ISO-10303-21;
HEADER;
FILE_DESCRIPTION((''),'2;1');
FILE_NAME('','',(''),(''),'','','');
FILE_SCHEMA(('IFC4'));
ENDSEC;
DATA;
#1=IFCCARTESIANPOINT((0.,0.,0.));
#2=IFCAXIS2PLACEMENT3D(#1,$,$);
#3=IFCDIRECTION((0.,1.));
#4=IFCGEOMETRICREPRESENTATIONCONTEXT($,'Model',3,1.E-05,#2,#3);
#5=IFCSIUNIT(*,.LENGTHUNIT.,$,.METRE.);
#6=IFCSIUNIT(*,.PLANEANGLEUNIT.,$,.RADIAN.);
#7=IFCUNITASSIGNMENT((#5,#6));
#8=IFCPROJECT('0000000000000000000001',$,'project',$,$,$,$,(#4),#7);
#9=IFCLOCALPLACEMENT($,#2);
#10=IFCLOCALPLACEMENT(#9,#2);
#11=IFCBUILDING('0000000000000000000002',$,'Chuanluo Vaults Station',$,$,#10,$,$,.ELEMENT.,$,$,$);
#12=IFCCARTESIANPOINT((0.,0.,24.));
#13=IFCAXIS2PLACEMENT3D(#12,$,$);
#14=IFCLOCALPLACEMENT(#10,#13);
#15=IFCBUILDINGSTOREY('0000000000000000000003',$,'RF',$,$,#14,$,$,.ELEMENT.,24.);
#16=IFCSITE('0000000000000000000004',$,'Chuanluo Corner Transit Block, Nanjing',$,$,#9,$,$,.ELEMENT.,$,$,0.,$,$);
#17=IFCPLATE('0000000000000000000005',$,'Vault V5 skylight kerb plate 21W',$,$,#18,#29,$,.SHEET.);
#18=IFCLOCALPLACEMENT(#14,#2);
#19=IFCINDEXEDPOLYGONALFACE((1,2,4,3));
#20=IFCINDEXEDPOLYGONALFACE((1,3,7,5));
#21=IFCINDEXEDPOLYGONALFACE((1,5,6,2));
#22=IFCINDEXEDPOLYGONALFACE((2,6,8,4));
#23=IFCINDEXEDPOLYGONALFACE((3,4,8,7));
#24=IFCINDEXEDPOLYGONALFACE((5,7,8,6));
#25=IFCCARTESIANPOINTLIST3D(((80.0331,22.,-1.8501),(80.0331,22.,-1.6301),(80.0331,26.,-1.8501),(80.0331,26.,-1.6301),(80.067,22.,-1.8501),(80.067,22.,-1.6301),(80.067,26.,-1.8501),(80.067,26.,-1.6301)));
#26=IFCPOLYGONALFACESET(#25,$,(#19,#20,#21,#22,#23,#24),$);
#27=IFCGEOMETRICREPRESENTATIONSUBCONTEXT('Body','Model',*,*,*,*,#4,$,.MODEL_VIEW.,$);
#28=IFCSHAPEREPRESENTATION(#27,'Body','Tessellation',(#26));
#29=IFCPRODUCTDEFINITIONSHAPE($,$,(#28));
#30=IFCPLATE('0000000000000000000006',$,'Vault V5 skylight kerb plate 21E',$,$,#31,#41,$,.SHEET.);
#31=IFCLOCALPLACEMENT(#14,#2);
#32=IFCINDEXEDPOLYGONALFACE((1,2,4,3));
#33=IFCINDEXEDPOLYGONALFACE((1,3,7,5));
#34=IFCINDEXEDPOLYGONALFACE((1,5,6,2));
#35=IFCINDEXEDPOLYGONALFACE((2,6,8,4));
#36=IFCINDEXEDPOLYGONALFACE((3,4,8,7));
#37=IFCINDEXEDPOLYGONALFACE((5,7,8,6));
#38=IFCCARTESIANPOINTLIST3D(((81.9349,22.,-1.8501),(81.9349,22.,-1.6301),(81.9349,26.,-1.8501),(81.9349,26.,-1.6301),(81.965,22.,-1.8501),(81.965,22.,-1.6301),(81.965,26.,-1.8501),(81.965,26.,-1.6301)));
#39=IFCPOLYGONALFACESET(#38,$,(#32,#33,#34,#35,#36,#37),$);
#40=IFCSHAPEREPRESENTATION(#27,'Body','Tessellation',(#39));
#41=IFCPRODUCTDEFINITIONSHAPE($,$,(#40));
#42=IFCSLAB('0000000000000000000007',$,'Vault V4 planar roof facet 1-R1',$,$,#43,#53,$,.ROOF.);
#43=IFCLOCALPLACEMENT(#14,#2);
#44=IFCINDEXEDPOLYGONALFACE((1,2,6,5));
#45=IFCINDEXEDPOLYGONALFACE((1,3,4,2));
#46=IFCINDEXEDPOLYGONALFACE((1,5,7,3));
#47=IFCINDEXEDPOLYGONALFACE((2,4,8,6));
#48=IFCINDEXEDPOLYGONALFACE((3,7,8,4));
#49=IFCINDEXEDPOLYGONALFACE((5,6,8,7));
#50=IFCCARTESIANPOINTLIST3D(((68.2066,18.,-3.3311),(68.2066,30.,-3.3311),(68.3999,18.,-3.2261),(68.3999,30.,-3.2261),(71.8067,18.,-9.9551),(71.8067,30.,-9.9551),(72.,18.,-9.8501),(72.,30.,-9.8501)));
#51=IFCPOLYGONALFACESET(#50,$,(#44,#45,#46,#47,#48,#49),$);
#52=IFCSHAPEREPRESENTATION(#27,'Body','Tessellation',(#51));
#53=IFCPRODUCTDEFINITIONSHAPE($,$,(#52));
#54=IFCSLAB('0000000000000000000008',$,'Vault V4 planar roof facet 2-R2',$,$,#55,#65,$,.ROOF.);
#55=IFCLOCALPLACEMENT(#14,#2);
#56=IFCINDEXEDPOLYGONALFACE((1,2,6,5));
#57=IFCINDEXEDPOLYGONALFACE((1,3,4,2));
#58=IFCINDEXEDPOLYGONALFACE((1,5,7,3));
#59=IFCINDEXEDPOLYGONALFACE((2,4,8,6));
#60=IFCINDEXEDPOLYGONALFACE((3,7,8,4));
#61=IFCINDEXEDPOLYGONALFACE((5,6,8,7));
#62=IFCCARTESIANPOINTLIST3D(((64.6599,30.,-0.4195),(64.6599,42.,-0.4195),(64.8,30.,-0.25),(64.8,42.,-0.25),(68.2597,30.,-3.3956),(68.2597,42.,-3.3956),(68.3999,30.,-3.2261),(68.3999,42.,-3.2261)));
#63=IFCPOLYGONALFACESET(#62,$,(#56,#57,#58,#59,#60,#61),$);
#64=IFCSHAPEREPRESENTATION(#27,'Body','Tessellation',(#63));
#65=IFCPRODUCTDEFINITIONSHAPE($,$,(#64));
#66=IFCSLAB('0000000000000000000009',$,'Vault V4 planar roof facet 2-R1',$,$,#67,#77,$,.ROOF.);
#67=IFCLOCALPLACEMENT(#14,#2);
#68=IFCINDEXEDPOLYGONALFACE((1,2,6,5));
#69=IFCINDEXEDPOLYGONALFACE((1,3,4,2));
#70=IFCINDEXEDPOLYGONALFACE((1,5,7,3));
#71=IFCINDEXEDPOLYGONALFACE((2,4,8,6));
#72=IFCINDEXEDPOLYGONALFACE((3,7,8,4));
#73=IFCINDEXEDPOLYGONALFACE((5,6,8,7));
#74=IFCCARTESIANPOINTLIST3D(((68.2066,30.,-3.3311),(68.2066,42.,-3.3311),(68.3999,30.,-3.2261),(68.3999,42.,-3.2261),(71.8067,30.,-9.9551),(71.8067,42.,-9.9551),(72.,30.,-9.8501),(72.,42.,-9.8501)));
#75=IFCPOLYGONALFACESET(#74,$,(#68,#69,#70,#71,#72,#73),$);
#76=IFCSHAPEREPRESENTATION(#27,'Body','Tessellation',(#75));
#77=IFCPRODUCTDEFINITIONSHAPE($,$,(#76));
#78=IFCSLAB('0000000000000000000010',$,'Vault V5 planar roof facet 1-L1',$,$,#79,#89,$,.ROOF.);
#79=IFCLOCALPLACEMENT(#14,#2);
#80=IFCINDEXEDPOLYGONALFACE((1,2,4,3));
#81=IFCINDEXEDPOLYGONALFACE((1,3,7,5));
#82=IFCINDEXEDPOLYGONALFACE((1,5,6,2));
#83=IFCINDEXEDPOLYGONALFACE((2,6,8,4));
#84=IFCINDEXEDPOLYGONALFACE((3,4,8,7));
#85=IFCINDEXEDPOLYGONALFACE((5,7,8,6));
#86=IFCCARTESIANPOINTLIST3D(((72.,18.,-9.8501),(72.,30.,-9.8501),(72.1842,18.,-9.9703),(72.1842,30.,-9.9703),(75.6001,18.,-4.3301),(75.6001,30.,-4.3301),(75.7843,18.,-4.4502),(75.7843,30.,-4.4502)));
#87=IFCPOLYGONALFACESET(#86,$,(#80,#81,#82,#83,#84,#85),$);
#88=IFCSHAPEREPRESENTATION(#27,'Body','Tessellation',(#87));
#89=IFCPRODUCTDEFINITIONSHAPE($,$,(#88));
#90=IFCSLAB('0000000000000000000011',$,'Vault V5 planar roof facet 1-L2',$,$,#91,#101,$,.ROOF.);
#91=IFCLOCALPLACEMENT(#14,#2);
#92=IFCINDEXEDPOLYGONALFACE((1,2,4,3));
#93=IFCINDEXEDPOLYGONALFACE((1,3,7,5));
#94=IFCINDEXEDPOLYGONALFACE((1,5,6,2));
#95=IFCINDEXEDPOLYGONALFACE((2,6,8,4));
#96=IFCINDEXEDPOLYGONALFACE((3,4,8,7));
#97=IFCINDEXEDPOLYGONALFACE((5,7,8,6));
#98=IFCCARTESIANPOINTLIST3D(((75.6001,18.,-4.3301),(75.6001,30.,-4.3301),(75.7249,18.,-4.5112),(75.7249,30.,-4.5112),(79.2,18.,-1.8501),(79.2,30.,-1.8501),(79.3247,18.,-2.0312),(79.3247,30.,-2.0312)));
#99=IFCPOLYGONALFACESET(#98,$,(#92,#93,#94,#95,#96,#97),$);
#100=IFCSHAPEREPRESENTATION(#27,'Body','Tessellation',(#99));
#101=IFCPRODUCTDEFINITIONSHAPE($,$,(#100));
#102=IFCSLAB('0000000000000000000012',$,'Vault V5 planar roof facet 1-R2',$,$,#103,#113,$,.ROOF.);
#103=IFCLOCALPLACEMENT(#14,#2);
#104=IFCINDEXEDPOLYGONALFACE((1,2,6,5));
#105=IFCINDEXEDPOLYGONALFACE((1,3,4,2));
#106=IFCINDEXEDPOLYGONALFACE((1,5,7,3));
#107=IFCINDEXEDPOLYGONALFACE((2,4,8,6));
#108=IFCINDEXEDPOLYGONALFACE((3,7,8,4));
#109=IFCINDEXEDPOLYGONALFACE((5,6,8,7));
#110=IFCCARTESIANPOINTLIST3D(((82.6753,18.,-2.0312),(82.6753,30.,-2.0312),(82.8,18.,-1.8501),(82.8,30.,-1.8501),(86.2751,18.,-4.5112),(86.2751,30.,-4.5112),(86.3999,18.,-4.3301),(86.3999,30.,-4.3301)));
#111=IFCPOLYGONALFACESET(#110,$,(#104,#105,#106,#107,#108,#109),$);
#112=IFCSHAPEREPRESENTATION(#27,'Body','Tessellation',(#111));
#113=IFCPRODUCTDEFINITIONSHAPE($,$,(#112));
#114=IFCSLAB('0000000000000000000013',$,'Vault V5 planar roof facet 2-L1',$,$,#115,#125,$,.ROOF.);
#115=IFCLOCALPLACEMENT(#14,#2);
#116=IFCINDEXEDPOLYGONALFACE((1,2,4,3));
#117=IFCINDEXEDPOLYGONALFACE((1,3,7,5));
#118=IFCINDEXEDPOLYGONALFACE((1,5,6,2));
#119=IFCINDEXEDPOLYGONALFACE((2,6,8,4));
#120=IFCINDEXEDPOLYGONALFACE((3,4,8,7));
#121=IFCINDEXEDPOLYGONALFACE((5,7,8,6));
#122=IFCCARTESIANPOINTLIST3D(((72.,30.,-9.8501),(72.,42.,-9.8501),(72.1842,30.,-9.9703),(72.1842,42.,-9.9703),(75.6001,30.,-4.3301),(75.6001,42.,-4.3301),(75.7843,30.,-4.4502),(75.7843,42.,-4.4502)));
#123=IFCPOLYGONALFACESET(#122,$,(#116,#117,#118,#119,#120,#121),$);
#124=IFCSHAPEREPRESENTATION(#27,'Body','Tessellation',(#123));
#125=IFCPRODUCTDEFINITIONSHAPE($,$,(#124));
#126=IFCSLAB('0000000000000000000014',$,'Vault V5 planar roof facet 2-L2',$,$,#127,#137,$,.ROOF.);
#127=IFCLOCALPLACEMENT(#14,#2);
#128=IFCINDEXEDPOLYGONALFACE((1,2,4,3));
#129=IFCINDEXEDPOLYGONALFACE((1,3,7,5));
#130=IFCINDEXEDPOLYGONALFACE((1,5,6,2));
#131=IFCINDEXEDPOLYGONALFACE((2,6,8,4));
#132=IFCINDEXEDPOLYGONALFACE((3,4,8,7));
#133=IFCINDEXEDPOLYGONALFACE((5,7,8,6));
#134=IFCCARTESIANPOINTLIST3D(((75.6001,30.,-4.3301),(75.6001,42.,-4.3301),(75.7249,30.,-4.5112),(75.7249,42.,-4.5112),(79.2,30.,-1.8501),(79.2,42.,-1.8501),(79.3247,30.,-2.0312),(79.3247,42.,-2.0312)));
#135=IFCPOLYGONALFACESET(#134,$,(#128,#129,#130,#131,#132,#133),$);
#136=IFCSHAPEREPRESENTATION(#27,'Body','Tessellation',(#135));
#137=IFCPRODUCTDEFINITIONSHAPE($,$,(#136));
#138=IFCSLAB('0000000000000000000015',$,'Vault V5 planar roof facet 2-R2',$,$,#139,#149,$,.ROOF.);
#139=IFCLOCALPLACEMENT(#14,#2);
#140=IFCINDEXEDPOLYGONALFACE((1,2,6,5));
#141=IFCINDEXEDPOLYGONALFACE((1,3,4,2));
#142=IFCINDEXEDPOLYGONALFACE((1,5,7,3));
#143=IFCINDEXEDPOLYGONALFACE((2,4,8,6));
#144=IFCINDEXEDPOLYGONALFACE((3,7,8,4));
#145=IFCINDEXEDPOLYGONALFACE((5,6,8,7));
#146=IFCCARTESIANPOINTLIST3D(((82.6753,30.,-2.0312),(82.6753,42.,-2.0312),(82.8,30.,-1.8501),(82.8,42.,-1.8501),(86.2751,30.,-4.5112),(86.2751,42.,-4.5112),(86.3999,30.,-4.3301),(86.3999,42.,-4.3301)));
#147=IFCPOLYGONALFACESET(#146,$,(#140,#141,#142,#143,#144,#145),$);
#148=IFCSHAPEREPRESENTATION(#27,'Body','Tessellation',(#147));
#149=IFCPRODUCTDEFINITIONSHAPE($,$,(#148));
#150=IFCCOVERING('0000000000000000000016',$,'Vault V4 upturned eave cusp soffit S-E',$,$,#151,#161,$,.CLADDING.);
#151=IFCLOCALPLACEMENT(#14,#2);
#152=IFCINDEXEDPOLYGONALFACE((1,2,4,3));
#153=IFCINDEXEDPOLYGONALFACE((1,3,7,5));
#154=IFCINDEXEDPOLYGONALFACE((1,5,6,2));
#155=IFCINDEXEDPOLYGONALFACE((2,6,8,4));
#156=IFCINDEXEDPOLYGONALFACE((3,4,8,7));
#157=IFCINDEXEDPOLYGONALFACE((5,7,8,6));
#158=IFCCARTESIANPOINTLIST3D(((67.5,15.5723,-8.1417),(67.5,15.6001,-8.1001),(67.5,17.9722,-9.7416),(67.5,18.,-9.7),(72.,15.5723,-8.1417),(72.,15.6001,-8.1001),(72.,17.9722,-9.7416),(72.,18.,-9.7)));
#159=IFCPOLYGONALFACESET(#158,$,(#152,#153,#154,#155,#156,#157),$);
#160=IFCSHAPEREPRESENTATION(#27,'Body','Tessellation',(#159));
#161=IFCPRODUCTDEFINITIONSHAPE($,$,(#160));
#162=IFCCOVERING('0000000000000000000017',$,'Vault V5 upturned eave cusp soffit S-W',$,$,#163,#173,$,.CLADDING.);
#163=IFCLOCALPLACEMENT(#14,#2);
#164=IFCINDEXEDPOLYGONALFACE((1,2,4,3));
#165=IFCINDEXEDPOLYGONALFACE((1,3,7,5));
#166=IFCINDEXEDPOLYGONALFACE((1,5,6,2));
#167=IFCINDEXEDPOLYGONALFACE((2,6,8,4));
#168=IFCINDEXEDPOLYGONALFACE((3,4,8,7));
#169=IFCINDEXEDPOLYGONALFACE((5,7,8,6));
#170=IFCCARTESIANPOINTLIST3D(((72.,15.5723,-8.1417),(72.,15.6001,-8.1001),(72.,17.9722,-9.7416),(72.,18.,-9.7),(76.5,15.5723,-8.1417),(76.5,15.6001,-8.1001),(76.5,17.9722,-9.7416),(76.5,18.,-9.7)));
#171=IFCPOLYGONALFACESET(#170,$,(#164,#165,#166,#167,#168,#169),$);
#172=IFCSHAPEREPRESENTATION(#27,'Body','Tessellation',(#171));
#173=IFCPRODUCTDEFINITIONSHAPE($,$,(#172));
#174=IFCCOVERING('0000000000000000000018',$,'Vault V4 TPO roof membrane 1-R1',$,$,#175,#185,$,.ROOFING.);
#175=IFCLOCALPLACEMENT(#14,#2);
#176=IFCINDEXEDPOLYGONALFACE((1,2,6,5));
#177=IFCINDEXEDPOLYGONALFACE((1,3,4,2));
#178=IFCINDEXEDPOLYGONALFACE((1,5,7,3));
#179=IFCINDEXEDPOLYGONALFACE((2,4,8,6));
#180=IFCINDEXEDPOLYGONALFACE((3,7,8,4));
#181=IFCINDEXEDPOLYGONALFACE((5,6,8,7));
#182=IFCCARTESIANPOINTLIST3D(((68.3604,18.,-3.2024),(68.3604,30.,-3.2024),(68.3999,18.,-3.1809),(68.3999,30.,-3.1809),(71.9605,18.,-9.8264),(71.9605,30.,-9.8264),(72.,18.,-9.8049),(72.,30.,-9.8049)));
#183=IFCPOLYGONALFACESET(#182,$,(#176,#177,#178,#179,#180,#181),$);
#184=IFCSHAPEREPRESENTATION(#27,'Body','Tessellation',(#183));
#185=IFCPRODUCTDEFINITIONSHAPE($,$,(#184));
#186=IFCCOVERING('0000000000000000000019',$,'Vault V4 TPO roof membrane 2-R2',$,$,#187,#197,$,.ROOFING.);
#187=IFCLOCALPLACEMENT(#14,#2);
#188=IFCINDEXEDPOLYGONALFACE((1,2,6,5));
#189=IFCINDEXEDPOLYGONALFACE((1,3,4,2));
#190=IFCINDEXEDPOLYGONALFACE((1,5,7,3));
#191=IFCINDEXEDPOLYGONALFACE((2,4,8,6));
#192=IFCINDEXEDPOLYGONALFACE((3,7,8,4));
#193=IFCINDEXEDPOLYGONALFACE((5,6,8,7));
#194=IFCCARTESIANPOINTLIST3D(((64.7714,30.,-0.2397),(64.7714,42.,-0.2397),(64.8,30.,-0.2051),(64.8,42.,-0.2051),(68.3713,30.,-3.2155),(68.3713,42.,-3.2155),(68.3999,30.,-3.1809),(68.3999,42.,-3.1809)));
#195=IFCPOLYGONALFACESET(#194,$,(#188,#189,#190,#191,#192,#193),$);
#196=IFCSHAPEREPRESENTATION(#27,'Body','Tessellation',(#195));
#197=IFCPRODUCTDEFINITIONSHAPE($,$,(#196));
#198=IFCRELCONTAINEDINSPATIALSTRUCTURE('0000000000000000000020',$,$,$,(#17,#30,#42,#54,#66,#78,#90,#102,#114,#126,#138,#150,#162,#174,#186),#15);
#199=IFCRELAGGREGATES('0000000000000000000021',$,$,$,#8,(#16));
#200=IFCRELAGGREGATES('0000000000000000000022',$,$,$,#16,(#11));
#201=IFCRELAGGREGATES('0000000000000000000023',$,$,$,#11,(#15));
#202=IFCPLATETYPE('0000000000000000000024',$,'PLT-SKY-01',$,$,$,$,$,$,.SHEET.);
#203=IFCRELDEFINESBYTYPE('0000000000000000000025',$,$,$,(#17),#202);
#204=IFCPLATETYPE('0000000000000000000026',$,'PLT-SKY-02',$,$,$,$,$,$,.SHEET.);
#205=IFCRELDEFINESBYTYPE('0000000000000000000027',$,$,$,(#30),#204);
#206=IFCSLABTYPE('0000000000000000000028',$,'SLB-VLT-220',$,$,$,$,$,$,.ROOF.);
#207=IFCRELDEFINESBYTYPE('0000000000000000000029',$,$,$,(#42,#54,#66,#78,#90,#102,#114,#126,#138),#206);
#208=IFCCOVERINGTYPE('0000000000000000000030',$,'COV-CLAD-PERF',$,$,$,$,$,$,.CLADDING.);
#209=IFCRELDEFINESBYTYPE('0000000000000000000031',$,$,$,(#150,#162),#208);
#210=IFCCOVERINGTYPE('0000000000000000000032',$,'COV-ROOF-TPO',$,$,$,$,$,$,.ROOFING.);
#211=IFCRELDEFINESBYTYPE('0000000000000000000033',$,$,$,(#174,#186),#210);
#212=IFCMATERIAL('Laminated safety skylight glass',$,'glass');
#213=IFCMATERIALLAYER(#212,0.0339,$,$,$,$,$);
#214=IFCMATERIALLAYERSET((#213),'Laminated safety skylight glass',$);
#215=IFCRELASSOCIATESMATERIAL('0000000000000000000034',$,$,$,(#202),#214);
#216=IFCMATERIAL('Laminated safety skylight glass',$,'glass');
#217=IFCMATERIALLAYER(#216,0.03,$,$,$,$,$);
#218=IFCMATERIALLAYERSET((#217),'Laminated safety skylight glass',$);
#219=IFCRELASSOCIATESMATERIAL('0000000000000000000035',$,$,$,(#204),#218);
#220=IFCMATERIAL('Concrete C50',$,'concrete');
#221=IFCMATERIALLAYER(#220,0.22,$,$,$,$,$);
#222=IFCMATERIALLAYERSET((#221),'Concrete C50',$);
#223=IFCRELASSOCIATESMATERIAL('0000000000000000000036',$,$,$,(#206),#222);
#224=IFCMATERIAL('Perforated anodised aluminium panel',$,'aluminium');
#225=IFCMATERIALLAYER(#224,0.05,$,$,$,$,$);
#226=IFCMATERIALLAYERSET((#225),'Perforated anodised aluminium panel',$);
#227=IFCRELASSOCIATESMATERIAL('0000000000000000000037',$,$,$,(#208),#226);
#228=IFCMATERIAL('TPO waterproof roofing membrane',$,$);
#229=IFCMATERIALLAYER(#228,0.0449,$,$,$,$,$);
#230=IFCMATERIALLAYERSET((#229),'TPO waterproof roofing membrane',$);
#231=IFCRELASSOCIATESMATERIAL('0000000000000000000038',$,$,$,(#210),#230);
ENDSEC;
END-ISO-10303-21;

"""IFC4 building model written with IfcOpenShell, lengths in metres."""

from ifc_helpers import new_model, si_unit, direction, frame, origin, origin_2d, place, context, subcontext, project, spatial, polyline, rectangle, outline, extrude, material, layer, layer_set, type_object, element, save


model = new_model("IFC4")

# Units and contexts
model_context = context("Model", 3, precision=1e-05, world=origin(), true_north=direction((0.0, 1.0)))
body_context = subcontext(model_context, "Body", "Model", "MODEL_VIEW")
ifc_project = project(units=[si_unit("LENGTHUNIT", "METRE"), si_unit("PLANEANGLEUNIT", "RADIAN")], contexts=[model_context])

# Site, building, storey
site_placement = place(None, origin())
site = spatial("IfcSite", under=ifc_project, at=site_placement, Name="Chuanluo Corner Transit Block, Nanjing", CompositionType="ELEMENT", RefElevation=0.0)
building_placement = place(site_placement, origin())
building = spatial("IfcBuilding", under=site, at=building_placement, Name="Chuanluo Vaults Station", CompositionType="ELEMENT")
storey_placement = place(building_placement, frame((0.0, 0.0, 24.0)))
storey = spatial("IfcBuildingStorey", under=building, at=storey_placement, Name="RF", CompositionType="ELEMENT", Elevation=24.0)

# Plates
ifc_material_1 = material(Name="Laminated safety skylight glass", Category="glass")
ifc_layer_1 = layer(ifc_material_1, 0.0339)
ifc_layer_set_1 = layer_set([ifc_layer_1], Name="Laminated safety skylight glass")
plate_type_1 = type_object("IfcPlateType", Name="PLT-SKY-01", PredefinedType="SHEET", material=ifc_layer_set_1)
plate_1_placement = place(storey_placement, frame((80.05, 24.0, -1.8501), z_axis=(0.0, 0.0, 1.0), x_axis=(1.0, 0.0, 0.0)))
element("IfcPlate", 1, at=plate_1_placement, inside=storey, type_object=plate_type_1, Name="Vault V5 skylight kerb plate 21W", PredefinedType="SHEET", context=body_context, shape_type="SweptSolid", body=[
    extrude(rectangle(XDim=0.0339, YDim=4.0, at=origin_2d()), origin(), (0.0, 0.0, 1.0), 0.22),
])
ifc_material_2 = material(Name="Laminated safety skylight glass", Category="glass")
ifc_layer_2 = layer(ifc_material_2, 0.03)
ifc_layer_set_2 = layer_set([ifc_layer_2], Name="Laminated safety skylight glass")
plate_type_2 = type_object("IfcPlateType", Name="PLT-SKY-02", PredefinedType="SHEET", material=ifc_layer_set_2)
plate_2_placement = place(storey_placement, frame((81.95, 24.0, -1.8501), z_axis=(0.0, 0.0, 1.0), x_axis=(1.0, 0.0, 0.0)))
element("IfcPlate", 2, at=plate_2_placement, inside=storey, type_object=plate_type_2, Name="Vault V5 skylight kerb plate 21E", PredefinedType="SHEET", context=body_context, shape_type="SweptSolid", body=[
    extrude(rectangle(XDim=0.03, YDim=4.0, at=origin_2d()), origin(), (0.0, 0.0, 1.0), 0.22),
])

# Slabs
ifc_material_3 = material(Name="Concrete C50", Category="concrete")
ifc_layer_3 = layer(ifc_material_3, 0.22)
ifc_layer_set_3 = layer_set([ifc_layer_3], Name="Concrete C50")
slab_type = type_object("IfcSlabType", Name="SLB-VLT-220", PredefinedType="ROOF", material=ifc_layer_set_3)
slab_1_placement = place(storey_placement, frame((68.3999, 18.0, -3.2261), z_axis=(0.87862, 0.0, 0.477522), x_axis=(0.477522, 0.0, -0.87862)))
element("IfcSlab", 3, at=slab_1_placement, inside=storey, type_object=slab_type, Name="Vault V4 planar roof facet 1-R1", PredefinedType="ROOF", context=body_context, shape_type="SweptSolid", body=[
    extrude(outline(polyline([(0.0, 0.0), (7.5391, 0.0), (7.5391, 12.0), (0.0, 12.0), (0.0, 0.0)])), origin(), (0.0, 0.0, -1.0), 0.22),
])
slab_2_placement = place(storey_placement, frame((64.8, 30.0, -0.25), z_axis=(0.637172, 0.0, 0.770722), x_axis=(0.770722, 0.0, -0.637172)))
element("IfcSlab", 4, at=slab_2_placement, inside=storey, type_object=slab_type, Name="Vault V4 planar roof facet 2-R2", PredefinedType="ROOF", context=body_context, shape_type="SweptSolid", body=[
    extrude(outline(polyline([(0.0, 0.0), (4.6708, 0.0), (4.6708, 12.0), (0.0, 12.0), (0.0, 0.0)])), origin(), (0.0, 0.0, -1.0), 0.22),
])
slab_3_placement = place(storey_placement, frame((68.3999, 30.0, -3.2261), z_axis=(0.87862, 0.0, 0.477522), x_axis=(0.477522, 0.0, -0.87862)))
element("IfcSlab", 5, at=slab_3_placement, inside=storey, type_object=slab_type, Name="Vault V4 planar roof facet 2-R1", PredefinedType="ROOF", context=body_context, shape_type="SweptSolid", body=[
    extrude(outline(polyline([(0.0, 0.0), (7.5391, 0.0), (7.5391, 12.0), (0.0, 12.0), (0.0, 0.0)])), origin(), (0.0, 0.0, -1.0), 0.22),
])
slab_4_placement = place(storey_placement, frame((72.0, 18.0, -9.8501), z_axis=(-0.837605, 0.0, 0.546277), x_axis=(0.546277, 0.0, 0.837605)))
element("IfcSlab", 6, at=slab_4_placement, inside=storey, type_object=slab_type, Name="Vault V5 planar roof facet 1-L1", PredefinedType="ROOF", context=body_context, shape_type="SweptSolid", body=[
    extrude(outline(polyline([(0.0, 0.0), (6.5902, 0.0), (6.5902, 12.0), (0.0, 12.0), (0.0, 0.0)])), origin(), (0.0, 0.0, -1.0), 0.22),
])
for number, where, z_axis, x_axis, name in (
    (7, (75.6001, 18.0, -4.3301), (-0.567318, 0.0, 0.823499), (0.823499, 0.0, 0.567318), "Vault V5 planar roof facet 1-L2"),
    (8, (82.8, 18.0, -1.8501), (0.567318, 0.0, 0.823499), (0.823499, 0.0, -0.567318), "Vault V5 planar roof facet 1-R2"),
):
    element("IfcSlab", number, at=place(storey_placement, frame(where, z_axis=z_axis, x_axis=x_axis)), inside=storey, type_object=slab_type, Name=name, PredefinedType="ROOF", context=body_context, shape_type="SweptSolid", body=[
        extrude(outline(polyline([(0.0, 0.0), (4.3714, 0.0), (4.3714, 12.0), (0.0, 12.0), (0.0, 0.0)])), origin(), (0.0, 0.0, -1.0), 0.22),
    ])
slab_5_placement = place(storey_placement, frame((72.0, 30.0, -9.8501), z_axis=(-0.837605, 0.0, 0.546277), x_axis=(0.546277, 0.0, 0.837605)))
element("IfcSlab", 9, at=slab_5_placement, inside=storey, type_object=slab_type, Name="Vault V5 planar roof facet 2-L1", PredefinedType="ROOF", context=body_context, shape_type="SweptSolid", body=[
    extrude(outline(polyline([(0.0, 0.0), (6.5902, 0.0), (6.5902, 12.0), (0.0, 12.0), (0.0, 0.0)])), origin(), (0.0, 0.0, -1.0), 0.22),
])
for number, where, z_axis, x_axis, name in (
    (10, (75.6001, 30.0, -4.3301), (-0.567318, 0.0, 0.823499), (0.823499, 0.0, 0.567318), "Vault V5 planar roof facet 2-L2"),
    (11, (82.8, 30.0, -1.8501), (0.567318, 0.0, 0.823499), (0.823499, 0.0, -0.567318), "Vault V5 planar roof facet 2-R2"),
):
    element("IfcSlab", number, at=place(storey_placement, frame(where, z_axis=z_axis, x_axis=x_axis)), inside=storey, type_object=slab_type, Name=name, PredefinedType="ROOF", context=body_context, shape_type="SweptSolid", body=[
        extrude(outline(polyline([(0.0, 0.0), (4.3714, 0.0), (4.3714, 12.0), (0.0, 12.0), (0.0, 0.0)])), origin(), (0.0, 0.0, -1.0), 0.22),
    ])

# Coverings
ifc_material_4 = material(Name="Perforated anodised aluminium panel", Category="aluminium")
ifc_layer_4 = layer(ifc_material_4, 0.05)
ifc_layer_set_4 = layer_set([ifc_layer_4], Name="Perforated anodised aluminium panel")
covering_type_1 = type_object("IfcCoveringType", Name="COV-CLAD-PERF", PredefinedType="CLADDING", material=ifc_layer_set_4)
for number, where, z_axis, x_axis, name in (
    (12, (67.5, 18.0, -9.7), (0.0, 0.554681, 0.832063), (1.0, 0.0, 0.0), "Vault V4 upturned eave cusp soffit S-E"),
    (13, (72.0, 18.0, -9.7), (0.0, 0.554681, 0.832063), (1.0, 0.0, 0.0), "Vault V5 upturned eave cusp soffit S-W"),
):
    element("IfcCovering", number, at=place(storey_placement, frame(where, z_axis=z_axis, x_axis=x_axis)), inside=storey, type_object=covering_type_1, Name=name, PredefinedType="CLADDING", context=body_context, shape_type="SweptSolid", body=[
        extrude(outline(polyline([(0.0, 0.0), (4.5, 0.0), (4.5, -2.8843), (0.0, -2.8843), (0.0, 0.0)])), origin(), (0.0, 0.0, -1.0), 0.05),
    ])
ifc_material_5 = material(Name="TPO waterproof roofing membrane")
ifc_layer_5 = layer(ifc_material_5, 0.0449)
ifc_layer_set_5 = layer_set([ifc_layer_5], Name="TPO waterproof roofing membrane")
covering_type_2 = type_object("IfcCoveringType", Name="COV-ROOF-TPO", PredefinedType="ROOFING", material=ifc_layer_set_5)
covering_1_placement = place(storey_placement, frame((68.3999, 18.0, -3.1809), z_axis=(0.87862, 0.0, 0.477522), x_axis=(0.477522, 0.0, -0.87862)))
element("IfcCovering", 14, at=covering_1_placement, inside=storey, type_object=covering_type_2, Name="Vault V4 TPO roof membrane 1-R1", PredefinedType="ROOFING", context=body_context, shape_type="SweptSolid", body=[
    extrude(outline(polyline([(0.0, 0.0), (7.5391, 0.0), (7.5391, 12.0), (0.0, 12.0), (0.0, 0.0)])), origin(), (0.0, 0.0, -1.0), 0.0449),
])
covering_2_placement = place(storey_placement, frame((64.8, 30.0, -0.2051), z_axis=(0.637141, 0.0, 0.770747), x_axis=(0.770747, 0.0, -0.637141)))
element("IfcCovering", 15, at=covering_2_placement, inside=storey, type_object=covering_type_2, Name="Vault V4 TPO roof membrane 2-R2", PredefinedType="ROOFING", context=body_context, shape_type="SweptSolid", body=[
    extrude(outline(polyline([(0.0, 0.0), (4.6706, 0.0), (4.6706, 12.0), (0.0, 12.0), (0.0, 0.0)])), origin(), (0.0, 0.0, -1.0), 0.0449),
])

save(model, "model.ifc")
